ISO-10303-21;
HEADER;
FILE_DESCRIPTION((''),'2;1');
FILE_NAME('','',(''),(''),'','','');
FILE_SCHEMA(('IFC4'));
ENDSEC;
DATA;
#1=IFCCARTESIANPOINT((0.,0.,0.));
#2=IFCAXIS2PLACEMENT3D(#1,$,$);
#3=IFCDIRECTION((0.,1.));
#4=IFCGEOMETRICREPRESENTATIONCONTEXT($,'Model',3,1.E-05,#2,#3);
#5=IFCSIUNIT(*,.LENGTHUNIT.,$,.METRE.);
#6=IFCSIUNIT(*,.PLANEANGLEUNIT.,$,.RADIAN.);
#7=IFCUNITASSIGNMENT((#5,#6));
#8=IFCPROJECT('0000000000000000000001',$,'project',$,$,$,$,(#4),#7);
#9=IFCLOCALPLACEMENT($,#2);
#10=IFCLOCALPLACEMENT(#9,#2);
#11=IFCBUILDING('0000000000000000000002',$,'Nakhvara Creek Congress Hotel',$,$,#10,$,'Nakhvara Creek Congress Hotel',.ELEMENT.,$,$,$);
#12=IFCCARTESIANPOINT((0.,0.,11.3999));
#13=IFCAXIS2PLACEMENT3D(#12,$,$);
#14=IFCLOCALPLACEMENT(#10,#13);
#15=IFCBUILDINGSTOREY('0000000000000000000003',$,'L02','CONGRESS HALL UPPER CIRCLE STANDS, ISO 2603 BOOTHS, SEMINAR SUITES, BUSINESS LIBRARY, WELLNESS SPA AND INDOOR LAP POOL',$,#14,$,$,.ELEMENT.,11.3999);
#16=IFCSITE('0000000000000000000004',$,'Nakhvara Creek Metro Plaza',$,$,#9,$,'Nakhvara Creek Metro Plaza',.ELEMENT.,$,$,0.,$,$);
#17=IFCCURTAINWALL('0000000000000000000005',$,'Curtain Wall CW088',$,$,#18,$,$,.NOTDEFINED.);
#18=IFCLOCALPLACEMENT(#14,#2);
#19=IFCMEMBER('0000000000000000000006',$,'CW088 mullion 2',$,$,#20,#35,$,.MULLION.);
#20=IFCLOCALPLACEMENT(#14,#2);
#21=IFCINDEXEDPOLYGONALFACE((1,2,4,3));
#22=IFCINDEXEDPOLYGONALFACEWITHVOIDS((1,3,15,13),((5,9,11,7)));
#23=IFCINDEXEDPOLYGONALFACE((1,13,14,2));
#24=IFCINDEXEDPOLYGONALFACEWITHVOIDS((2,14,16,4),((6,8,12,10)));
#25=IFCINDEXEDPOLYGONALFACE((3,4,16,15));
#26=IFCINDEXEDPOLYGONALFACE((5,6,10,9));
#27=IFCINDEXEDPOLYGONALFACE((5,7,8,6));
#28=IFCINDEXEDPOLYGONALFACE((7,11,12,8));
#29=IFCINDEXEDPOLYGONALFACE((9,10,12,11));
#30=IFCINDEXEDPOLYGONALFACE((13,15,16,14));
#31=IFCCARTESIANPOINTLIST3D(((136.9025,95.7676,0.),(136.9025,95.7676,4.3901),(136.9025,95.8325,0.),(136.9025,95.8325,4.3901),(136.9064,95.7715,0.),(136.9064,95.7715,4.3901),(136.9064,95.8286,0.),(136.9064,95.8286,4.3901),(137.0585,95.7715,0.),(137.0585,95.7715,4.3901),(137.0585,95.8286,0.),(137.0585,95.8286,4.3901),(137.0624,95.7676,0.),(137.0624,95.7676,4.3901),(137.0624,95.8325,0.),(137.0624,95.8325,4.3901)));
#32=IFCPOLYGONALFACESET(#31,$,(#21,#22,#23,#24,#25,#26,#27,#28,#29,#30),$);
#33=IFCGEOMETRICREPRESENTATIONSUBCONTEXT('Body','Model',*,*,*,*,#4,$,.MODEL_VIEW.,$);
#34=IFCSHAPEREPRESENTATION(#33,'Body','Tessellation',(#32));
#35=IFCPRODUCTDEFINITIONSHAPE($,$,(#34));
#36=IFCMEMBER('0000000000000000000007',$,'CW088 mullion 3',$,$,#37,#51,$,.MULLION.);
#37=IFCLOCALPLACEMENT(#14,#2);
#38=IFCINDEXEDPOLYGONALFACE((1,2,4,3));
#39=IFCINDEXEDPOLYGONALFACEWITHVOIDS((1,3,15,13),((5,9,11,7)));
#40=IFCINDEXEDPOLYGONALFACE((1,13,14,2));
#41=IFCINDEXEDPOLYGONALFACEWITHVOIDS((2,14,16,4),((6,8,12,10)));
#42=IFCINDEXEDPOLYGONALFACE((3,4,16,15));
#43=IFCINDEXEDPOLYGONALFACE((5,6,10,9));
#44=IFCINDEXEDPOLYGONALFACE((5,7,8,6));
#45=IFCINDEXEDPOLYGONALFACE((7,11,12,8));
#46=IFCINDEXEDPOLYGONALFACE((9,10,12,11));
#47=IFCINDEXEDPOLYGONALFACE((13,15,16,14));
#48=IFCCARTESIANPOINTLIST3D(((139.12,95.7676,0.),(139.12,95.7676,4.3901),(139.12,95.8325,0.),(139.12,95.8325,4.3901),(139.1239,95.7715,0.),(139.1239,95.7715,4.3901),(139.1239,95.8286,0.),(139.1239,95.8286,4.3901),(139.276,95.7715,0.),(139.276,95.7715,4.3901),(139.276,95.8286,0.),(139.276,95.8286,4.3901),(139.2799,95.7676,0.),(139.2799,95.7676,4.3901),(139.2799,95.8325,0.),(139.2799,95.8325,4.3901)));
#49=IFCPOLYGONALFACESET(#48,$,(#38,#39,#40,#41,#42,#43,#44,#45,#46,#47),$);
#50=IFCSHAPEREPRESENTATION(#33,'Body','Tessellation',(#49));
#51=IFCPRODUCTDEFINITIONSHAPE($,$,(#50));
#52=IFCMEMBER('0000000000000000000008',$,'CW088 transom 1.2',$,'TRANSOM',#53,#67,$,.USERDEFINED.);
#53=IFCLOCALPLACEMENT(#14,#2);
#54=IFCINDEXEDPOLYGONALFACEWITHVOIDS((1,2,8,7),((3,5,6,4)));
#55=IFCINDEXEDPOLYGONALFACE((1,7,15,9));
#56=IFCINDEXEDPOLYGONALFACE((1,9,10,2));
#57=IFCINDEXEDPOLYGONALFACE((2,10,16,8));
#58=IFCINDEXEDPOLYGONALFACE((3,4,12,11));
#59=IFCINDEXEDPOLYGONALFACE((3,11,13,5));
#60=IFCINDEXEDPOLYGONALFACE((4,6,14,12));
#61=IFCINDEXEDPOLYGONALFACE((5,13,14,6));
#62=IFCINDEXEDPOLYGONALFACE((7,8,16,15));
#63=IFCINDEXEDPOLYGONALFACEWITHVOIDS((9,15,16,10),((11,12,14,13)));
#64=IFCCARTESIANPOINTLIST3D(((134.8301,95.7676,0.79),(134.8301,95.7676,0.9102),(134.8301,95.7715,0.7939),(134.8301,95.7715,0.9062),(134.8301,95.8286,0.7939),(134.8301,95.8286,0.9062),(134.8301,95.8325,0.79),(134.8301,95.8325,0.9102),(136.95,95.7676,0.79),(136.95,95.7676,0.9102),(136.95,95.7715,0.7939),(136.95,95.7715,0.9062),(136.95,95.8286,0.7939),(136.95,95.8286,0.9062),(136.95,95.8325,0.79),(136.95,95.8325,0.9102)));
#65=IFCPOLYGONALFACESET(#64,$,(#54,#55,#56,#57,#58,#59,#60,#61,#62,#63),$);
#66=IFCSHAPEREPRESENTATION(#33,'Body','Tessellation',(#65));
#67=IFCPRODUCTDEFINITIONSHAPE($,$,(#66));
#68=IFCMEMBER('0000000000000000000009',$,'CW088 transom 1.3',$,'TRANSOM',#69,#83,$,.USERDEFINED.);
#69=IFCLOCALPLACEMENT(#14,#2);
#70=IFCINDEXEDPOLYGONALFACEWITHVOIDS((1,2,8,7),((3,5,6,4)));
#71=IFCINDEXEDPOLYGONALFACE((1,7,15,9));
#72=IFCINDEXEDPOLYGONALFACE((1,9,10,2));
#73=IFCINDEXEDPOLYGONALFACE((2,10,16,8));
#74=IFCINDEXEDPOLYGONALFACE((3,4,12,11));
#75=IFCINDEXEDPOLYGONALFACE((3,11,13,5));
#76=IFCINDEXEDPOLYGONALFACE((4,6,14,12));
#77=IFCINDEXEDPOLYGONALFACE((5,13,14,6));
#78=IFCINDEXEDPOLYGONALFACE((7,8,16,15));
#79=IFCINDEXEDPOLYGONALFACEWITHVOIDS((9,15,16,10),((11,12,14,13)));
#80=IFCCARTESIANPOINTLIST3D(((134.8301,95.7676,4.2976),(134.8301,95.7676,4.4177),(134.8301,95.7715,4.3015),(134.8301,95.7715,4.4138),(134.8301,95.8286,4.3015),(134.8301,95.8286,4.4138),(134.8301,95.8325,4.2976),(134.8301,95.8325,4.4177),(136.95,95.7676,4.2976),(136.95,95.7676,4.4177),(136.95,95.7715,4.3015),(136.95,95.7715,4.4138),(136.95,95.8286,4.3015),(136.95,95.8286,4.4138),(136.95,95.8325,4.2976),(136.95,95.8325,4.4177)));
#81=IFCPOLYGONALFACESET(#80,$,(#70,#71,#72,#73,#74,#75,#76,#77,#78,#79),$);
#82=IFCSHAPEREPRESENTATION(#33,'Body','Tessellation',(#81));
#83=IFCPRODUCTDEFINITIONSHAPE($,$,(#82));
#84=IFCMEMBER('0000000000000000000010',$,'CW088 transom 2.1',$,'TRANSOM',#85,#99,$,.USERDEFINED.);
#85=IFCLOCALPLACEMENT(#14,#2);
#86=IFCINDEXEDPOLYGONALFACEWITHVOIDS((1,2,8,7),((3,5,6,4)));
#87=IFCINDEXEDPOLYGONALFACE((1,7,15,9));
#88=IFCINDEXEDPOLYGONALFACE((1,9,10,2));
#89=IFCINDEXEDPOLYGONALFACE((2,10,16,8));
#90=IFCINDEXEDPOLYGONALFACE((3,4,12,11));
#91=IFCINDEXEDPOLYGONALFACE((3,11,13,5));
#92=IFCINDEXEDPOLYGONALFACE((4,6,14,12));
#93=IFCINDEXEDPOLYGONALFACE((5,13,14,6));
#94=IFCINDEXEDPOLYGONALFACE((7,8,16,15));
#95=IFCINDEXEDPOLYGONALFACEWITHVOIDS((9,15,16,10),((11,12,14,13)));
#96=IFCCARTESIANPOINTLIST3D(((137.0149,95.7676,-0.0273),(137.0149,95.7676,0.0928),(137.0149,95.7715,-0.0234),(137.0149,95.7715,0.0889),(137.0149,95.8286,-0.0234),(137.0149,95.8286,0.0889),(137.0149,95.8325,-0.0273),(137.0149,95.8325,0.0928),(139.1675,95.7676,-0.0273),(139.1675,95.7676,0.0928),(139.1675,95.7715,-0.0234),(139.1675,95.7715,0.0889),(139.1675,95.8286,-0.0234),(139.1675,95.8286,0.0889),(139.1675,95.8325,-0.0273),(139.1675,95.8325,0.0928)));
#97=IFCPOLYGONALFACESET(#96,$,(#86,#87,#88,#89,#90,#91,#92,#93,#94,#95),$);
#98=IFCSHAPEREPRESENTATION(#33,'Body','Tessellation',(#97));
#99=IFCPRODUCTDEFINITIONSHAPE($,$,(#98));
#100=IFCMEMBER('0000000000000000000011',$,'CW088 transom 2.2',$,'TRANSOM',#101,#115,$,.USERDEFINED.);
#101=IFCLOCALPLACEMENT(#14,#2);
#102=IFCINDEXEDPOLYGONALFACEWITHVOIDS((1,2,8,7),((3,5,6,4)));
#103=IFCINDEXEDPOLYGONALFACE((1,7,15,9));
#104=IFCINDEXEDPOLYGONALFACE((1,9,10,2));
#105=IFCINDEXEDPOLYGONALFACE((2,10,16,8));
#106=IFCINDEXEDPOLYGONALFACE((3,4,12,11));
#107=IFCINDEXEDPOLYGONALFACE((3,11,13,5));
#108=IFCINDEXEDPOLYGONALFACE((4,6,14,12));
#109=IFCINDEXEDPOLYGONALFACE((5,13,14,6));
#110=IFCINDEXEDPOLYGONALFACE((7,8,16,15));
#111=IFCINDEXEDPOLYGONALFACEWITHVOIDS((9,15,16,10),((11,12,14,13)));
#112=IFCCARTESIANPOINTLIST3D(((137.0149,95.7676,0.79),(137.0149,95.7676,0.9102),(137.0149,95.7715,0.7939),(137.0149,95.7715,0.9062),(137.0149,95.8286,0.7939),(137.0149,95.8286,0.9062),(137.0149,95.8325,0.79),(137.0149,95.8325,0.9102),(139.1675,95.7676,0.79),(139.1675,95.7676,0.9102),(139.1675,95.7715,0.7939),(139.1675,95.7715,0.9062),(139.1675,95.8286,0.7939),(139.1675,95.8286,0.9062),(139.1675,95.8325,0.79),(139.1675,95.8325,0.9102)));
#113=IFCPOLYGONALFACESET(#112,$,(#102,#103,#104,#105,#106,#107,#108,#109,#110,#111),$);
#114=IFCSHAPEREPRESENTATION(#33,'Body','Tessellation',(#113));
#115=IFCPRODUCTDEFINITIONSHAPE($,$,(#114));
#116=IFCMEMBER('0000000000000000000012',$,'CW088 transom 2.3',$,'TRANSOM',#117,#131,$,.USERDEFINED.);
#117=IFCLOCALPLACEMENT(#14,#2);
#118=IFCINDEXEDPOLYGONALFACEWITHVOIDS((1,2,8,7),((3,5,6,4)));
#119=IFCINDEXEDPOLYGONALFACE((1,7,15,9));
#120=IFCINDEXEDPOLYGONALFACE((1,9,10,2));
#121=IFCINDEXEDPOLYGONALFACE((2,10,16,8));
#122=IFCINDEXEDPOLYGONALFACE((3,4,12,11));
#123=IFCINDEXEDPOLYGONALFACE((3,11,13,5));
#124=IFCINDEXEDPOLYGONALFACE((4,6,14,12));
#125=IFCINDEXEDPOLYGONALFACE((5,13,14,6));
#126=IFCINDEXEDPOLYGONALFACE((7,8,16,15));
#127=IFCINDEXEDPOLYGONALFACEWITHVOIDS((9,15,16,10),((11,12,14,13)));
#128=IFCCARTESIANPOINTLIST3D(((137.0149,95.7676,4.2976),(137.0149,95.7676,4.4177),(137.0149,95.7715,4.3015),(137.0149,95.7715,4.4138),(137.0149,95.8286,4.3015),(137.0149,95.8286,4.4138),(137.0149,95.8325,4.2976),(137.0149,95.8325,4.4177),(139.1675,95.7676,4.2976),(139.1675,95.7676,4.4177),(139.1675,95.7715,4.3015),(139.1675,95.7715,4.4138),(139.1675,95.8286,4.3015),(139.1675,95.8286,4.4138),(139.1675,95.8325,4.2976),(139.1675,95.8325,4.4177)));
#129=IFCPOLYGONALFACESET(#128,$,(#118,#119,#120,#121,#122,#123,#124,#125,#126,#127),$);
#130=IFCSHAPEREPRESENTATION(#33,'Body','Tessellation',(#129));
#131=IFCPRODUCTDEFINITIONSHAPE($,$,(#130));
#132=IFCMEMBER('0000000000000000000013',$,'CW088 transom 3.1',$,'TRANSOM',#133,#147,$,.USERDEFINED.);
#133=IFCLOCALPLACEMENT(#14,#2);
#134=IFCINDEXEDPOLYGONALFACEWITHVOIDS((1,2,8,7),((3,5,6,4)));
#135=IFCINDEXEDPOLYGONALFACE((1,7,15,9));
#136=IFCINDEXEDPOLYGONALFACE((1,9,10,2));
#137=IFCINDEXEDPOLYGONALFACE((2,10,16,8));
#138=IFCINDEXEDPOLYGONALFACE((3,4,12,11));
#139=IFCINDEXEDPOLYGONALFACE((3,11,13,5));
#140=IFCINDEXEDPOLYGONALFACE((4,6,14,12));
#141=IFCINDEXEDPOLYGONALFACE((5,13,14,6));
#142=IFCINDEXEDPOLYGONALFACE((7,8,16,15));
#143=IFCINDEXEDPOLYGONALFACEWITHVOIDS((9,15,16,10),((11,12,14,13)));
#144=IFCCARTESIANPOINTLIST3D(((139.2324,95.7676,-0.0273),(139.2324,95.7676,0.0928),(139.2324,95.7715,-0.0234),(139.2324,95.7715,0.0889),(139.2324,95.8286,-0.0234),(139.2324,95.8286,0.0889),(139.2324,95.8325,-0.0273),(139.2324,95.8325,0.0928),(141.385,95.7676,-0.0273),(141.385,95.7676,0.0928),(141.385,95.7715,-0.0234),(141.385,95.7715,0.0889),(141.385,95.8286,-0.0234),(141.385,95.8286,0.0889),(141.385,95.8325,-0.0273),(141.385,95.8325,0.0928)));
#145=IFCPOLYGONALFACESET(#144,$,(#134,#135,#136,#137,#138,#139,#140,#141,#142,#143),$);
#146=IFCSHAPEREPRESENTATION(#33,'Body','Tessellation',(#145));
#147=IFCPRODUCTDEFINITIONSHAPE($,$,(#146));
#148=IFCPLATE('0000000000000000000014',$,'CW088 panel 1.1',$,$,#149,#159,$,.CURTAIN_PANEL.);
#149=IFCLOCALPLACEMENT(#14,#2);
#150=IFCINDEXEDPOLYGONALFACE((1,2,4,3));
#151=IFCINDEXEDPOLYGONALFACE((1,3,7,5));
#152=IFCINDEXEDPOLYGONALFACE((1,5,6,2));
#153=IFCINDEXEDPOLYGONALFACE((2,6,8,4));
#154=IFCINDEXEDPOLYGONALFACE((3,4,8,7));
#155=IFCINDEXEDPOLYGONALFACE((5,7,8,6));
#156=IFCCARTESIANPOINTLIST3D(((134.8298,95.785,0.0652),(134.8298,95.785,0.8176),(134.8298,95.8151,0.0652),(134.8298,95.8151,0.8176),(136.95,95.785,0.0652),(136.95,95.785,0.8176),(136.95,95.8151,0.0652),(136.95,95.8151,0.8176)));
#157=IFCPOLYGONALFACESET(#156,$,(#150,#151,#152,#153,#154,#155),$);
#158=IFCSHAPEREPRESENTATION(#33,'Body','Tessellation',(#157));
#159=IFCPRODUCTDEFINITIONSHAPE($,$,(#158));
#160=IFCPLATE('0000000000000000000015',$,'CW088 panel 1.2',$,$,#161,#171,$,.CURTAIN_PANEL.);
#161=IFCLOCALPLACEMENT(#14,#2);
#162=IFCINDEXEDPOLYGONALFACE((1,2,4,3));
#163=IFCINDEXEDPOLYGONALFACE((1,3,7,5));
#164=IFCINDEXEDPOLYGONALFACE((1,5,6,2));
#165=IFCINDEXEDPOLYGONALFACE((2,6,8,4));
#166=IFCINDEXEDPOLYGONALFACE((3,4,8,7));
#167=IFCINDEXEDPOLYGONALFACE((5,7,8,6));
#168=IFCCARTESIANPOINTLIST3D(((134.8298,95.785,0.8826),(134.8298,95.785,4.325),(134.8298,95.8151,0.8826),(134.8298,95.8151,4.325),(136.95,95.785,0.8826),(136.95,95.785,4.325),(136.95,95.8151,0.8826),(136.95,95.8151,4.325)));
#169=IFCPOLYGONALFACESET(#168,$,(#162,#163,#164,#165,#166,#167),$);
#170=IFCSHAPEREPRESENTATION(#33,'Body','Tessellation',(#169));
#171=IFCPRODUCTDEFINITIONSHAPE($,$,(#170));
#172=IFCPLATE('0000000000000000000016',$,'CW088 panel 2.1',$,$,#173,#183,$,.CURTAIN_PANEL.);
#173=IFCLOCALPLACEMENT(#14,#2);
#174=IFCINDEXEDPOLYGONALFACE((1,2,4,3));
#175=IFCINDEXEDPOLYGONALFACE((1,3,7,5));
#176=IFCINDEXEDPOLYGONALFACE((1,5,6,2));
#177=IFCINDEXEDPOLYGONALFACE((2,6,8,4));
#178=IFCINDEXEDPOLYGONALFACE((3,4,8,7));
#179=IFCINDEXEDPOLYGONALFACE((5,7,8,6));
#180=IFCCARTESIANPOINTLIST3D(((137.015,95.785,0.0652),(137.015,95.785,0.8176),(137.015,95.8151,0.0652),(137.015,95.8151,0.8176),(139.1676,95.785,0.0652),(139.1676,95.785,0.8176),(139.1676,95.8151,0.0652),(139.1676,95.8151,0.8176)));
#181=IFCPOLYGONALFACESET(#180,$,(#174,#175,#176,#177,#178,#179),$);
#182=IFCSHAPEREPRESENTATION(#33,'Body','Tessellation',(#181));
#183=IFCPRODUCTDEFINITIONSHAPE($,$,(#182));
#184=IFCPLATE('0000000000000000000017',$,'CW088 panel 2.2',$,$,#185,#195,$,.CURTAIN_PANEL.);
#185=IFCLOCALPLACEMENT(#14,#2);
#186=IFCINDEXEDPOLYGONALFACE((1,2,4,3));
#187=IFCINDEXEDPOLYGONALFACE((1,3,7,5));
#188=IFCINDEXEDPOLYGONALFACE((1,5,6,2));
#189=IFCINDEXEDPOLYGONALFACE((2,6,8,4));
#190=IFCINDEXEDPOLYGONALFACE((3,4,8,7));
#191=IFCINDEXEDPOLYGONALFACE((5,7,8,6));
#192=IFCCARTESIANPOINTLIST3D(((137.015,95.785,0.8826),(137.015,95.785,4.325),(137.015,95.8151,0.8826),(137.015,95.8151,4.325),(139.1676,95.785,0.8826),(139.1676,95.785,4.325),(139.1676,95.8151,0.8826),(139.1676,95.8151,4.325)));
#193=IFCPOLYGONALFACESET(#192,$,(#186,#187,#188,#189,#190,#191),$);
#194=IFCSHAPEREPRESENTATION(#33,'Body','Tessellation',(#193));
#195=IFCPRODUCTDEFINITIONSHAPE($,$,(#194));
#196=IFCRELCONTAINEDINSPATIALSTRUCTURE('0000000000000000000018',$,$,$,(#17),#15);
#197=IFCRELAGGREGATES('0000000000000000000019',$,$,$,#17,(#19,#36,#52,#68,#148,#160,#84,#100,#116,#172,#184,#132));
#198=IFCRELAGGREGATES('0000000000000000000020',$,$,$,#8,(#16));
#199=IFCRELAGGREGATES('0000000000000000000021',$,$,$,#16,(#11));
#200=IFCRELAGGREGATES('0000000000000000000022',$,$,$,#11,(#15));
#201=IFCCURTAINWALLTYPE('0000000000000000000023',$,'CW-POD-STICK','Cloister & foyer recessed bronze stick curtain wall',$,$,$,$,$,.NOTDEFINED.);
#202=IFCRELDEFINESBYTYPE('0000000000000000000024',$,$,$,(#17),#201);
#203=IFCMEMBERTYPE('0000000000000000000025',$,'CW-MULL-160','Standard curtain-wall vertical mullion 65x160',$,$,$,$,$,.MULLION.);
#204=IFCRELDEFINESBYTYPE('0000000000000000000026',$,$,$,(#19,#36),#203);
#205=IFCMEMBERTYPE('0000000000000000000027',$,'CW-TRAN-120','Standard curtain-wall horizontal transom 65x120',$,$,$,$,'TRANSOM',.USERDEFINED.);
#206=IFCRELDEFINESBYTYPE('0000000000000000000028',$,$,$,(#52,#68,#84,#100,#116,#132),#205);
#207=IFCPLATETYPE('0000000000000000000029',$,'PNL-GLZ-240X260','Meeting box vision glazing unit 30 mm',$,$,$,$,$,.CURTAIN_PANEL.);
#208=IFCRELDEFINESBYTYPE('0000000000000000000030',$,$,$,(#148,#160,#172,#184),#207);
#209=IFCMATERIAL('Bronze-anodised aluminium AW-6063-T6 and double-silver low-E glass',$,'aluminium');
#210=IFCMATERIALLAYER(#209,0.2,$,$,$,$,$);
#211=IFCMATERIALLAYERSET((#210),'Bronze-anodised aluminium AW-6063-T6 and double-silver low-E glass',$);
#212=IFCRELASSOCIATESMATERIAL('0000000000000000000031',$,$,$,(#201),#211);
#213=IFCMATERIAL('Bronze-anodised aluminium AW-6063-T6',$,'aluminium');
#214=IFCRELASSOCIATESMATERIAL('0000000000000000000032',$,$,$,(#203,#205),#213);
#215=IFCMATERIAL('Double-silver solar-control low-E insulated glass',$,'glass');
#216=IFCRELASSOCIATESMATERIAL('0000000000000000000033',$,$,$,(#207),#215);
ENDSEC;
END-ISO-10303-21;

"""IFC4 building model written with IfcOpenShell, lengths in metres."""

from ifc_helpers import new_model, si_unit, direction, frame, origin, origin_2d, place, context, subcontext, project, spatial, rectangle, hollow_rectangle, extrude, material, layer, layer_set, material_profile, profile_set, type_object, element, aggregate, save


model = new_model("IFC4")

# Units and contexts
model_context = context("Model", 3, precision=1e-05, world=origin(), true_north=direction((0.0, 1.0)))
body_context = subcontext(model_context, "Body", "Model", "MODEL_VIEW")
ifc_project = project(units=[si_unit("LENGTHUNIT", "METRE"), si_unit("PLANEANGLEUNIT", "RADIAN")], contexts=[model_context])

# Site, building, storey
site_placement = place(None, origin())
site = spatial("IfcSite", under=ifc_project, at=site_placement, Name="Nakhvara Creek Metro Plaza", LongName="Nakhvara Creek Metro Plaza", CompositionType="ELEMENT", RefElevation=0.0)
building_placement = place(site_placement, origin())
building = spatial("IfcBuilding", under=site, at=building_placement, Name="Nakhvara Creek Congress Hotel", LongName="Nakhvara Creek Congress Hotel", CompositionType="ELEMENT")
storey_placement = place(building_placement, frame((0.0, 0.0, 11.3999)))
storey = spatial("IfcBuildingStorey", under=building, at=storey_placement, Name="L02", Description="CONGRESS HALL UPPER CIRCLE STANDS, ISO 2603 BOOTHS, SEMINAR SUITES, BUSINESS LIBRARY, WELLNESS SPA AND INDOOR LAP POOL", CompositionType="ELEMENT", Elevation=11.3999)

# Curtain wall, members, plates
ifc_material_1 = material(Name="Bronze-anodised aluminium AW-6063-T6 and double-silver low-E glass", Category="aluminium")
ifc_layer_1 = layer(ifc_material_1, 0.2)
ifc_layer_set_1 = layer_set([ifc_layer_1], Name="Bronze-anodised aluminium AW-6063-T6 and double-silver low-E glass")
curtain_wall_type = type_object("IfcCurtainWallType", Name="CW-POD-STICK", Description="Cloister & foyer recessed bronze stick curtain wall", PredefinedType="NOTDEFINED", material=ifc_layer_set_1)
curtain_wall_placement = place(storey_placement, origin())
curtain_wall = element("IfcCurtainWall", 1, at=curtain_wall_placement, inside=storey, type_object=curtain_wall_type, Name="Curtain Wall CW088", PredefinedType="NOTDEFINED")
ifc_material_2 = material(Name="Bronze-anodised aluminium AW-6063-T6", Category="aluminium")
ifc_material_profile_1 = material_profile(ifc_material_2, hollow_rectangle(XDim=0.0649, YDim=0.1599, WallThickness=0.0039, at=origin_2d()), Name="ALU-MULL 65x160x4", Category="LoadBearing")
ifc_profile_set_1 = profile_set([ifc_material_profile_1], Name="Bronze-anodised aluminium AW-6063-T6")
member_type_1 = type_object("IfcMemberType", Name="CW-MULL-160", Description="Standard curtain-wall vertical mullion 65x160", PredefinedType="MULLION", material=ifc_profile_set_1)
member_1_placement = place(storey_placement, frame((136.9824, 95.8, 0.0), z_axis=(0.0, 0.0, 1.0), x_axis=(0.0, 1.0, 0.0)))
member_1 = element("IfcMember", 2, at=member_1_placement, type_object=member_type_1, Name="CW088 mullion 2", PredefinedType="MULLION", context=body_context, shape_type="SweptSolid", body=[
    extrude(hollow_rectangle(XDim=0.0649, YDim=0.1599, WallThickness=0.0039, at=origin_2d()), origin(), (0.0, 0.0, 1.0), 4.3901),
])
member_2_placement = place(storey_placement, frame((139.2, 95.8, 0.0), z_axis=(0.0, 0.0, 1.0), x_axis=(0.0, 1.0, 0.0)))
member_2 = element("IfcMember", 3, at=member_2_placement, type_object=member_type_1, Name="CW088 mullion 3", PredefinedType="MULLION", context=body_context, shape_type="SweptSolid", body=[
    extrude(hollow_rectangle(XDim=0.0649, YDim=0.1599, WallThickness=0.0039, at=origin_2d()), origin(), (0.0, 0.0, 1.0), 4.3901),
])
ifc_material_profile_2 = material_profile(ifc_material_2, hollow_rectangle(XDim=0.0649, YDim=0.1201, WallThickness=0.0039, at=origin_2d()), Name="ALU-TRAN 65x120x4", Category="LoadBearing")
ifc_profile_set_2 = profile_set([ifc_material_profile_2], Name="Bronze-anodised aluminium AW-6063-T6")
member_type_2 = type_object("IfcMemberType", Name="CW-TRAN-120", Description="Standard curtain-wall horizontal transom 65x120", ElementType="TRANSOM", PredefinedType="USERDEFINED", material=ifc_profile_set_2)
member_3_placement = place(storey_placement, frame((134.8301, 95.8, 0.8501), z_axis=(1.0, 0.0, 0.0), x_axis=(0.0, 1.0, 0.0)))
member_3 = element("IfcMember", 4, at=member_3_placement, type_object=member_type_2, Name="CW088 transom 1.2", ObjectType="TRANSOM", PredefinedType="USERDEFINED", context=body_context, shape_type="SweptSolid", body=[
    extrude(hollow_rectangle(XDim=0.0649, YDim=0.1201, WallThickness=0.0039, at=origin_2d()), origin(), (0.0, 0.0, 1.0), 2.1199),
])
member_4_placement = place(storey_placement, frame((134.8301, 95.8, 4.3577), z_axis=(1.0, 0.0, 0.0), x_axis=(0.0, 1.0, 0.0)))
member_4 = element("IfcMember", 5, at=member_4_placement, type_object=member_type_2, Name="CW088 transom 1.3", ObjectType="TRANSOM", PredefinedType="USERDEFINED", context=body_context, shape_type="SweptSolid", body=[
    extrude(hollow_rectangle(XDim=0.0649, YDim=0.1201, WallThickness=0.0039, at=origin_2d()), origin(), (0.0, 0.0, 1.0), 2.1199),
])
member_5_placement = place(storey_placement, frame((137.0149, 95.8, 0.0327), z_axis=(1.0, 0.0, 0.0), x_axis=(0.0, 1.0, 0.0)))
member_5 = element("IfcMember", 6, at=member_5_placement, type_object=member_type_2, Name="CW088 transom 2.1", ObjectType="TRANSOM", PredefinedType="USERDEFINED", context=body_context, shape_type="SweptSolid", body=[
    extrude(hollow_rectangle(XDim=0.0649, YDim=0.1201, WallThickness=0.0039, at=origin_2d()), origin(), (0.0, 0.0, 1.0), 2.1526),
])
member_6_placement = place(storey_placement, frame((137.0149, 95.8, 0.8501), z_axis=(1.0, 0.0, 0.0), x_axis=(0.0, 1.0, 0.0)))
member_6 = element("IfcMember", 7, at=member_6_placement, type_object=member_type_2, Name="CW088 transom 2.2", ObjectType="TRANSOM", PredefinedType="USERDEFINED", context=body_context, shape_type="SweptSolid", body=[
    extrude(hollow_rectangle(XDim=0.0649, YDim=0.1201, WallThickness=0.0039, at=origin_2d()), origin(), (0.0, 0.0, 1.0), 2.1526),
])
member_7_placement = place(storey_placement, frame((137.0149, 95.8, 4.3577), z_axis=(1.0, 0.0, 0.0), x_axis=(0.0, 1.0, 0.0)))
member_7 = element("IfcMember", 8, at=member_7_placement, type_object=member_type_2, Name="CW088 transom 2.3", ObjectType="TRANSOM", PredefinedType="USERDEFINED", context=body_context, shape_type="SweptSolid", body=[
    extrude(hollow_rectangle(XDim=0.0649, YDim=0.1201, WallThickness=0.0039, at=origin_2d()), origin(), (0.0, 0.0, 1.0), 2.1526),
])
member_8_placement = place(storey_placement, frame((139.2324, 95.8, 0.0327), z_axis=(1.0, 0.0, 0.0), x_axis=(0.0, 1.0, 0.0)))
member_8 = element("IfcMember", 9, at=member_8_placement, type_object=member_type_2, Name="CW088 transom 3.1", ObjectType="TRANSOM", PredefinedType="USERDEFINED", context=body_context, shape_type="SweptSolid", body=[
    extrude(hollow_rectangle(XDim=0.0649, YDim=0.1201, WallThickness=0.0039, at=origin_2d()), origin(), (0.0, 0.0, 1.0), 2.1526),
])
ifc_material_3 = material(Name="Double-silver solar-control low-E insulated glass", Category="glass")
plate_type = type_object("IfcPlateType", Name="PNL-GLZ-240X260", Description="Meeting box vision glazing unit 30 mm", PredefinedType="CURTAIN_PANEL", material=ifc_material_3)
plate_1_placement = place(storey_placement, frame((135.8899, 95.8, 0.0652), z_axis=(0.0, 0.0, 1.0), x_axis=(1.0, 0.0, 0.0)))
plate_1 = element("IfcPlate", 10, at=plate_1_placement, type_object=plate_type, Name="CW088 panel 1.1", PredefinedType="CURTAIN_PANEL", context=body_context, shape_type="SweptSolid", body=[
    extrude(rectangle(XDim=2.1201, YDim=0.03, at=origin_2d()), origin(), (0.0, 0.0, 1.0), 0.7524),
])
plate_2_placement = place(storey_placement, frame((135.8899, 95.8, 0.8826), z_axis=(0.0, 0.0, 1.0), x_axis=(1.0, 0.0, 0.0)))
plate_2 = element("IfcPlate", 11, at=plate_2_placement, type_object=plate_type, Name="CW088 panel 1.2", PredefinedType="CURTAIN_PANEL", context=body_context, shape_type="SweptSolid", body=[
    extrude(rectangle(XDim=2.1201, YDim=0.03, at=origin_2d()), origin(), (0.0, 0.0, 1.0), 3.4424),
])
plate_3_placement = place(storey_placement, frame((138.0913, 95.8, 0.0652), z_axis=(0.0, 0.0, 1.0), x_axis=(1.0, 0.0, 0.0)))
plate_3 = element("IfcPlate", 12, at=plate_3_placement, type_object=plate_type, Name="CW088 panel 2.1", PredefinedType="CURTAIN_PANEL", context=body_context, shape_type="SweptSolid", body=[
    extrude(rectangle(XDim=2.1526, YDim=0.03, at=origin_2d()), origin(), (0.0, 0.0, 1.0), 0.7524),
])
plate_4_placement = place(storey_placement, frame((138.0913, 95.8, 0.8826), z_axis=(0.0, 0.0, 1.0), x_axis=(1.0, 0.0, 0.0)))
plate_4 = element("IfcPlate", 13, at=plate_4_placement, type_object=plate_type, Name="CW088 panel 2.2", PredefinedType="CURTAIN_PANEL", context=body_context, shape_type="SweptSolid", body=[
    extrude(rectangle(XDim=2.1526, YDim=0.03, at=origin_2d()), origin(), (0.0, 0.0, 1.0), 3.4424),
])
aggregate(curtain_wall, [member_1, member_2, member_3, member_4, plate_1, plate_2, member_5, member_6, member_7, plate_3, plate_4, member_8])

save(model, "model.ifc")
